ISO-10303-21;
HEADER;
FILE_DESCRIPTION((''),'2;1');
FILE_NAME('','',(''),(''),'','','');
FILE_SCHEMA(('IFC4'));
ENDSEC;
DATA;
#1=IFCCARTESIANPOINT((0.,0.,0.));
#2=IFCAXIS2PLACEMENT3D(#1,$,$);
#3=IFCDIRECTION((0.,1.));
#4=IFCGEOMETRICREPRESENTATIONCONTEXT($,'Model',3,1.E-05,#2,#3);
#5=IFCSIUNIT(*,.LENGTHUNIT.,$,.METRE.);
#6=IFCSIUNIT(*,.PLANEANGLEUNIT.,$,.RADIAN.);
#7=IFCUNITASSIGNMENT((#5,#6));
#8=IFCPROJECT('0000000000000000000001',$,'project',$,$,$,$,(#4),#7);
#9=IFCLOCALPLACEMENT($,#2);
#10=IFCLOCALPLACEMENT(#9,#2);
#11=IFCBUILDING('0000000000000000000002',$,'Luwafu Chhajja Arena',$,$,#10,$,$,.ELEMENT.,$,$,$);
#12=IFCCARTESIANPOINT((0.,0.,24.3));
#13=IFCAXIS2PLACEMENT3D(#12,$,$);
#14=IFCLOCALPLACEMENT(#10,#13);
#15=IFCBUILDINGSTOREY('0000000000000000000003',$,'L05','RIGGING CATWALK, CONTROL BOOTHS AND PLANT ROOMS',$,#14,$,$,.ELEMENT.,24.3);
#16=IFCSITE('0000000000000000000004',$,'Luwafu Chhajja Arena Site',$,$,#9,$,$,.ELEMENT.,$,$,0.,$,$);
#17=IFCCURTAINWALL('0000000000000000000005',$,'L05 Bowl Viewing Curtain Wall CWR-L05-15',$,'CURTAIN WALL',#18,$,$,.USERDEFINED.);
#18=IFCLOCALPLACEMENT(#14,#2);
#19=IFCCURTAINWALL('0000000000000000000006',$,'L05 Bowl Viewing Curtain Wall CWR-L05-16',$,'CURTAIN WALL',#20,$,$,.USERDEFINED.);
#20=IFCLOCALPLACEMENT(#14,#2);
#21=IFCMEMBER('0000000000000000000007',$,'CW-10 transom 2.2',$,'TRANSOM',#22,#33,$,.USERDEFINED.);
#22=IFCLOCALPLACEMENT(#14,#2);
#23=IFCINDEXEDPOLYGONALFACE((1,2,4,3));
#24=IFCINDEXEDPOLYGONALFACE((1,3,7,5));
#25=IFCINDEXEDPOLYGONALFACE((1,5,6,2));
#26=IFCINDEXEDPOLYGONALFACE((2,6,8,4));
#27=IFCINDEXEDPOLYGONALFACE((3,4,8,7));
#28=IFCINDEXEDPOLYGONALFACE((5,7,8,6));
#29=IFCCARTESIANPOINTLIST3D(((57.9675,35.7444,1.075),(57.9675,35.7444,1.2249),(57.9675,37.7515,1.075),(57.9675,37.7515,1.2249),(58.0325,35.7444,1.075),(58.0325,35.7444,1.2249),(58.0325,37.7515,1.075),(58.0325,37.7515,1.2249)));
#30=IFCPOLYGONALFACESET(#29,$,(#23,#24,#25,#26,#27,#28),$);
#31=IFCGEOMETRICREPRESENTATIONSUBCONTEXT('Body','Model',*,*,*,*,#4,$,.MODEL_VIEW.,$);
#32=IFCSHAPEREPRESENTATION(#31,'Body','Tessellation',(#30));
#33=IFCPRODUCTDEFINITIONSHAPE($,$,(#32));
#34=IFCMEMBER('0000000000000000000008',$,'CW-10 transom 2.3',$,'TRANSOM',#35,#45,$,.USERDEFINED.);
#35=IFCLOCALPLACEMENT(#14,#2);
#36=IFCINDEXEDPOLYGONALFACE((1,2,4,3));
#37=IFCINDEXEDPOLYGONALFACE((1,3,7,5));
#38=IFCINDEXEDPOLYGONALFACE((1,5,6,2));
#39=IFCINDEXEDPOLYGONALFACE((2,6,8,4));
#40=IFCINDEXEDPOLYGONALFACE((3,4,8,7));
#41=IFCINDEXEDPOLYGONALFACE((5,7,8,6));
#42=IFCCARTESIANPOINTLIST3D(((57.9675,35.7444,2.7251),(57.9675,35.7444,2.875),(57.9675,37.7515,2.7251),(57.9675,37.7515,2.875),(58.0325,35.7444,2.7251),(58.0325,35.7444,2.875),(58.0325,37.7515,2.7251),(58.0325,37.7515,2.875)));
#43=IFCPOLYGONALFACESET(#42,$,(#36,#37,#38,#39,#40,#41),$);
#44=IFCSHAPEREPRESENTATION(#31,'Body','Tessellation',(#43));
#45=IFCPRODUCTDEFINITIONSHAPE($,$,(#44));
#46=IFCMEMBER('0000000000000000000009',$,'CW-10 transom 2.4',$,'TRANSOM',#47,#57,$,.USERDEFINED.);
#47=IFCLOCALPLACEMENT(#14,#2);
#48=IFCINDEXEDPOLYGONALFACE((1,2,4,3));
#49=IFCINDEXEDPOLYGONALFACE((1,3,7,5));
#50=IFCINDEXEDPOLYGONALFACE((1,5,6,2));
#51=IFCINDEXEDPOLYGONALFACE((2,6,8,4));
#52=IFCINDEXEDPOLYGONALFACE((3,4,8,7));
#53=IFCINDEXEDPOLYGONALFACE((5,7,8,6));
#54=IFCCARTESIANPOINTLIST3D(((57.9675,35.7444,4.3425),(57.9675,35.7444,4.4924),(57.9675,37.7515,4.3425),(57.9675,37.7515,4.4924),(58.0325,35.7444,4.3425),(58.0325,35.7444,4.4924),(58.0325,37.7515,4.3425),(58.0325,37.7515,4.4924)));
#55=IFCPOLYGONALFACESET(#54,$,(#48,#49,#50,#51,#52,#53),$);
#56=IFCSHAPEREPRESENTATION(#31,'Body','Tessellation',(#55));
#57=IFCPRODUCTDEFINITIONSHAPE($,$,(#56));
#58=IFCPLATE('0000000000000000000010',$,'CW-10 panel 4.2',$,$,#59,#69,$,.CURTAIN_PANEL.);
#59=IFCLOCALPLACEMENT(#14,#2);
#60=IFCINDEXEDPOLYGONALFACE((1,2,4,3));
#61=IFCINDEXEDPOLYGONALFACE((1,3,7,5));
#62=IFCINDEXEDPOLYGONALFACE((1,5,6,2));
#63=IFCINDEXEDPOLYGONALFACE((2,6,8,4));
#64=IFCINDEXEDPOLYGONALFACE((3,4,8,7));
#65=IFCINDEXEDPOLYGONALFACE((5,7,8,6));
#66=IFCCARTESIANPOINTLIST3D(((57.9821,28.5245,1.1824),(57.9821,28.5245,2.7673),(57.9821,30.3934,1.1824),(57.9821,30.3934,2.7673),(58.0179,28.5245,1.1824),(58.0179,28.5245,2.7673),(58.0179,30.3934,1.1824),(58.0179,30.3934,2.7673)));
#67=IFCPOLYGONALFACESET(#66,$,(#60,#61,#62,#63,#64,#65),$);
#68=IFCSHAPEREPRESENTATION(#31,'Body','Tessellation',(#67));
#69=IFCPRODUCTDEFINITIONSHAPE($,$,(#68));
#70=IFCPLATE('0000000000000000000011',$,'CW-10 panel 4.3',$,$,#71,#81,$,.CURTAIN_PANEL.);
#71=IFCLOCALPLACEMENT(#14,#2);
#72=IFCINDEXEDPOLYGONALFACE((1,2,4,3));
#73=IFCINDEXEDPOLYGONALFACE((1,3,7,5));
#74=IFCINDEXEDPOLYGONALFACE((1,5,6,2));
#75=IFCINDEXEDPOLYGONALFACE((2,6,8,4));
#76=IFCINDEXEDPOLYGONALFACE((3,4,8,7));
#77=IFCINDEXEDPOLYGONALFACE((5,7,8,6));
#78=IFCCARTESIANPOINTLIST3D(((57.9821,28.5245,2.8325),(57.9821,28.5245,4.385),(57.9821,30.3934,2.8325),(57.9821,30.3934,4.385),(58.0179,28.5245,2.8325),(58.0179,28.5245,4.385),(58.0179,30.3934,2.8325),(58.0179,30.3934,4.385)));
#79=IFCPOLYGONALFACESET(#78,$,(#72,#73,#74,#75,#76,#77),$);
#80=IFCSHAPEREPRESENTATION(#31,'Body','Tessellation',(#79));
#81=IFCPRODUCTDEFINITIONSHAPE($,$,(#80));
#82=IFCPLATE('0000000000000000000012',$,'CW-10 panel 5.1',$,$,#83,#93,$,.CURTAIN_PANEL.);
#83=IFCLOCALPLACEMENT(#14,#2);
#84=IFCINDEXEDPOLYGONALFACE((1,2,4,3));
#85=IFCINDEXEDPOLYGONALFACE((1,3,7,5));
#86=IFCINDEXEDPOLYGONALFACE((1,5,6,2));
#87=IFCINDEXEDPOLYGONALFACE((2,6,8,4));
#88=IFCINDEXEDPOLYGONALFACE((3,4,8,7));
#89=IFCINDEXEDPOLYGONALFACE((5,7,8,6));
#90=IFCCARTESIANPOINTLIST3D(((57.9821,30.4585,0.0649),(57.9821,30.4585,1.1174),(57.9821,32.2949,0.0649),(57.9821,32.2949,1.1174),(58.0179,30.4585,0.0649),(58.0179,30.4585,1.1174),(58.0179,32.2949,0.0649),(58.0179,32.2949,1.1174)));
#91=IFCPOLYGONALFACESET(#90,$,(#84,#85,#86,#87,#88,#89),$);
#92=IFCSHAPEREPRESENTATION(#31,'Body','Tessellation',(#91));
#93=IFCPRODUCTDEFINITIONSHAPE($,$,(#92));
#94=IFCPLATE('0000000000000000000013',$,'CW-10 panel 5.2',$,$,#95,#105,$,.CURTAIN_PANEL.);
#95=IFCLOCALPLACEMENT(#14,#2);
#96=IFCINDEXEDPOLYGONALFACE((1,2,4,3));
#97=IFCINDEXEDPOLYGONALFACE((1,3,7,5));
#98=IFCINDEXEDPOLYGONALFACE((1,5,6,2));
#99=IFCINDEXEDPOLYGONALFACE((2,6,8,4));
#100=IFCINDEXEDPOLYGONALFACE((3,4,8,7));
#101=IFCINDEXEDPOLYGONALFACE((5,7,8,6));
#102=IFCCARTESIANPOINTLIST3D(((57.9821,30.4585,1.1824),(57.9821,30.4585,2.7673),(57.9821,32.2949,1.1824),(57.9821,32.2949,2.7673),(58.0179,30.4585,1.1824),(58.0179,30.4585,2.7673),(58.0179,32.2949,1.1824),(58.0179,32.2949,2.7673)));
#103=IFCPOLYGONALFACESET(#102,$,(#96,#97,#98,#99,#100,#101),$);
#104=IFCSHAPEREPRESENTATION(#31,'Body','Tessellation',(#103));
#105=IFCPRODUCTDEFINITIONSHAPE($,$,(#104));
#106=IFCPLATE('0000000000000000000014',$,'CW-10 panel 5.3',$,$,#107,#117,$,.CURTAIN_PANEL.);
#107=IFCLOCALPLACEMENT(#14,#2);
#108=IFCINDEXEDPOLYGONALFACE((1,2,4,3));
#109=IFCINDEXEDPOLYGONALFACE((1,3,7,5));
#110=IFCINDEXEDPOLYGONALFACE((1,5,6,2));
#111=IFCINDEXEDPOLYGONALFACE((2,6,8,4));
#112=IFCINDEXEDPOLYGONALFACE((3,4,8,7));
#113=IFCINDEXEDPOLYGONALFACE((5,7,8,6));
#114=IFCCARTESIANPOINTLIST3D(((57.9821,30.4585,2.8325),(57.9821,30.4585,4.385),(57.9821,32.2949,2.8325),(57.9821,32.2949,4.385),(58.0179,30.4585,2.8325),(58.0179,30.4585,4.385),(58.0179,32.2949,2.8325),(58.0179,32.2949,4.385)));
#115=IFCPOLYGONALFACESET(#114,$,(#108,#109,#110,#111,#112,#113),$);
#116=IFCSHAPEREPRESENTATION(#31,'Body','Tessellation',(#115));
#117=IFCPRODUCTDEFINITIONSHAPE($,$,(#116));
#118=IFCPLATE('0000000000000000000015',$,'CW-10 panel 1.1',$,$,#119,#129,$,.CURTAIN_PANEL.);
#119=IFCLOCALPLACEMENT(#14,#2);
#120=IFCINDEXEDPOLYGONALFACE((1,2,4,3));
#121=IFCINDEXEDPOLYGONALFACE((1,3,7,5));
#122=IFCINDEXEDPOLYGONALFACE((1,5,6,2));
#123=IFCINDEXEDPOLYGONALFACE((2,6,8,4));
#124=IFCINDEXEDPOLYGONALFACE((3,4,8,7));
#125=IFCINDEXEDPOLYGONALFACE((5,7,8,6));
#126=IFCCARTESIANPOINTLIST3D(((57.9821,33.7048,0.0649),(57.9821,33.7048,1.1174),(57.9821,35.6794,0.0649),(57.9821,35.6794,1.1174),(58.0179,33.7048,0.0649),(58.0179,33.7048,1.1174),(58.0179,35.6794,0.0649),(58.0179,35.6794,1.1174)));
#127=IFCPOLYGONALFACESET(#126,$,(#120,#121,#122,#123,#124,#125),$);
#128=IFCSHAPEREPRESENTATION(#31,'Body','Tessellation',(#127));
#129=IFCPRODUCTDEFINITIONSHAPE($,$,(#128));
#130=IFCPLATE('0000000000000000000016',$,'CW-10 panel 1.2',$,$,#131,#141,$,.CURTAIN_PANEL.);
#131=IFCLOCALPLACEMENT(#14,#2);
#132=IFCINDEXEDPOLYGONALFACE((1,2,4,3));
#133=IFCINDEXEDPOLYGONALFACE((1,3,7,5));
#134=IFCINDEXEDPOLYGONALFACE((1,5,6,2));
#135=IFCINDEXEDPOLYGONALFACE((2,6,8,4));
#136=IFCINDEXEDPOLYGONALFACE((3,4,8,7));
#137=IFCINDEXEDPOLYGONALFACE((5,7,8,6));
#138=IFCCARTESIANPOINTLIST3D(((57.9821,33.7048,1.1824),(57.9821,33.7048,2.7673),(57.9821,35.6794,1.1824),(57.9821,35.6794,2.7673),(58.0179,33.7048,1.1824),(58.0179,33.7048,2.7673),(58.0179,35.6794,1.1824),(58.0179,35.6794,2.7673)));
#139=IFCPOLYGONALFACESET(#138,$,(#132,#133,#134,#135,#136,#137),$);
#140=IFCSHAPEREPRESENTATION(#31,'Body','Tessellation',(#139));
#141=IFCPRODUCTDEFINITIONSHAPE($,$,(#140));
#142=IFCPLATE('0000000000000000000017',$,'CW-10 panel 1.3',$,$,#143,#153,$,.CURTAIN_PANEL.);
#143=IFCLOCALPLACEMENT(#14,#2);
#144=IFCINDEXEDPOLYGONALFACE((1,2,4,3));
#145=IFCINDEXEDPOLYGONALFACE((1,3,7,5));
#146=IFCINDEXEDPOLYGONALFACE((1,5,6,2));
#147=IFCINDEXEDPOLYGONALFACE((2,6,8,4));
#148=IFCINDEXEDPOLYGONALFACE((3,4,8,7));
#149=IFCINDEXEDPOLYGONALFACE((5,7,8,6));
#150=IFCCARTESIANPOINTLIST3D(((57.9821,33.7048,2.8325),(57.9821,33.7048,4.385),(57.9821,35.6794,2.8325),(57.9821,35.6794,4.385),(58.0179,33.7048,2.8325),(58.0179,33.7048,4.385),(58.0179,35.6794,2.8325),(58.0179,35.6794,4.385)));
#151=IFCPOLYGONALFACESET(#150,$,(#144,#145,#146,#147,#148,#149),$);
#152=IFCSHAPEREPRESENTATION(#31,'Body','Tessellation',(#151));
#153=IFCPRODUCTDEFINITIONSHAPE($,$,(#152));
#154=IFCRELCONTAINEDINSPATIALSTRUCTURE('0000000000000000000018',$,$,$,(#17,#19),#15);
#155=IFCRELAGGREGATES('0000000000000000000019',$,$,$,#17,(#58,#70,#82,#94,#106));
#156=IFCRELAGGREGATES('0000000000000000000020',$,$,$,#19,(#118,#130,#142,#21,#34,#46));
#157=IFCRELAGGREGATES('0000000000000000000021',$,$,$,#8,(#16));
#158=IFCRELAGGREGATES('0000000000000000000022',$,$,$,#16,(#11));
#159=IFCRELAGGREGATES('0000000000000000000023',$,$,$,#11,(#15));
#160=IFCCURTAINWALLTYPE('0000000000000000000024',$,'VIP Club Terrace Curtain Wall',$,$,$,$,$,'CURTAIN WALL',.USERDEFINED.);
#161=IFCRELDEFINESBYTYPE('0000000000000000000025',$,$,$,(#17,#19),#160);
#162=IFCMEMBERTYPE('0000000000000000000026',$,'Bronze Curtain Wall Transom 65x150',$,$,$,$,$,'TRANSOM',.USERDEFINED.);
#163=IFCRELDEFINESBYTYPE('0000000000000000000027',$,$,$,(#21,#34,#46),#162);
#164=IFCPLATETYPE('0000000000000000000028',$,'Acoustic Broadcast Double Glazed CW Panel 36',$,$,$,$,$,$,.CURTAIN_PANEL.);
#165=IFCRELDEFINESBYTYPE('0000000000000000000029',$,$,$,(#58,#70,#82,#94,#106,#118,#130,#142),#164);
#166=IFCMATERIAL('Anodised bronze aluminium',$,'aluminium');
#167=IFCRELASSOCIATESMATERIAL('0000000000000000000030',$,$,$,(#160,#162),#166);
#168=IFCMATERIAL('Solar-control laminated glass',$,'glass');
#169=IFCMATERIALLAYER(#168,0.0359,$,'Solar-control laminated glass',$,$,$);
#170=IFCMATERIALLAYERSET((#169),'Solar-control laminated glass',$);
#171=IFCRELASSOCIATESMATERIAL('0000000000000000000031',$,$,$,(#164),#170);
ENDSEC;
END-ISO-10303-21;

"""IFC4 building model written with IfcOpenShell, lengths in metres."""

from ifc_helpers import new_model, si_unit, direction, frame, origin, origin_2d, place, context, subcontext, project, spatial, rectangle, extrude, material, layer, layer_set, material_profile, profile_set, type_object, element, aggregate, save


model = new_model("IFC4")

# Units and contexts
model_context = context("Model", 3, precision=1e-05, world=origin(), true_north=direction((0.0, 1.0)))
body_context = subcontext(model_context, "Body", "Model", "MODEL_VIEW")
ifc_project = project(units=[si_unit("LENGTHUNIT", "METRE"), si_unit("PLANEANGLEUNIT", "RADIAN")], contexts=[model_context])

# Site, building, storey
site_placement = place(None, origin())
site = spatial("IfcSite", under=ifc_project, at=site_placement, Name="Luwafu Chhajja Arena Site", CompositionType="ELEMENT", RefElevation=0.0)
building_placement = place(site_placement, origin())
building = spatial("IfcBuilding", under=site, at=building_placement, Name="Luwafu Chhajja Arena", CompositionType="ELEMENT")
storey_placement = place(building_placement, frame((0.0, 0.0, 24.3)))
storey = spatial("IfcBuildingStorey", under=building, at=storey_placement, Name="L05", Description="RIGGING CATWALK, CONTROL BOOTHS AND PLANT ROOMS", CompositionType="ELEMENT", Elevation=24.3)

# Curtain walls
ifc_material_1 = material(Name="Anodised bronze aluminium", Category="aluminium")
curtain_wall_type = type_object("IfcCurtainWallType", Name="VIP Club Terrace Curtain Wall", ElementType="CURTAIN WALL", PredefinedType="USERDEFINED", material=ifc_material_1)
curtain_wall_1_placement = place(storey_placement, origin())
curtain_wall_1 = element("IfcCurtainWall", 1, at=curtain_wall_1_placement, inside=storey, type_object=curtain_wall_type, Name="L05 Bowl Viewing Curtain Wall CWR-L05-15", ObjectType="CURTAIN WALL", PredefinedType="USERDEFINED")
curtain_wall_2_placement = place(storey_placement, origin())
curtain_wall_2 = element("IfcCurtainWall", 2, at=curtain_wall_2_placement, inside=storey, type_object=curtain_wall_type, Name="L05 Bowl Viewing Curtain Wall CWR-L05-16", ObjectType="CURTAIN WALL", PredefinedType="USERDEFINED")

# Members
ifc_material_profile_1 = material_profile(ifc_material_1, rectangle(XDim=0.0649, YDim=0.1499, at=origin_2d()), Name="CWT 65x150")
ifc_profile_set_1 = profile_set([ifc_material_profile_1], Name="Anodised bronze aluminium")
member_type_1 = type_object("IfcMemberType", Name="Bronze Curtain Wall Transom 65x150", ElementType="TRANSOM", PredefinedType="USERDEFINED", material=ifc_profile_set_1)
member_1_placement = place(storey_placement, frame((58.0, 35.7444, 1.1499), z_axis=(0.0, 1.0, 0.0), x_axis=(-1.0, 0.0, 0.0)))
member_1 = element("IfcMember", 3, at=member_1_placement, type_object=member_type_1, Name="CW-10 transom 2.2", ObjectType="TRANSOM", PredefinedType="USERDEFINED", context=body_context, shape_type="SweptSolid", body=[
    extrude(rectangle(XDim=0.0649, YDim=0.1499, at=origin_2d()), origin(), (0.0, 0.0, 1.0), 2.0071),
])
member_2_placement = place(storey_placement, frame((58.0, 35.7444, 2.8), z_axis=(0.0, 1.0, 0.0), x_axis=(-1.0, 0.0, 0.0)))
member_2 = element("IfcMember", 4, at=member_2_placement, type_object=member_type_1, Name="CW-10 transom 2.3", ObjectType="TRANSOM", PredefinedType="USERDEFINED", context=body_context, shape_type="SweptSolid", body=[
    extrude(rectangle(XDim=0.0649, YDim=0.1499, at=origin_2d()), origin(), (0.0, 0.0, 1.0), 2.0071),
])
member_3_placement = place(storey_placement, frame((58.0, 35.7444, 4.4175), z_axis=(0.0, 1.0, 0.0), x_axis=(-1.0, 0.0, 0.0)))
member_3 = element("IfcMember", 5, at=member_3_placement, type_object=member_type_1, Name="CW-10 transom 2.4", ObjectType="TRANSOM", PredefinedType="USERDEFINED", context=body_context, shape_type="SweptSolid", body=[
    extrude(rectangle(XDim=0.0649, YDim=0.1499, at=origin_2d()), origin(), (0.0, 0.0, 1.0), 2.0071),
])

# Plates
ifc_material_2 = material(Name="Solar-control laminated glass", Category="glass")
ifc_layer = layer(ifc_material_2, 0.0359, Name="Solar-control laminated glass")
ifc_layer_set = layer_set([ifc_layer], Name="Solar-control laminated glass")
plate_type = type_object("IfcPlateType", Name="Acoustic Broadcast Double Glazed CW Panel 36", PredefinedType="CURTAIN_PANEL", material=ifc_layer_set)
plate_1_placement = place(storey_placement, frame((58.0, 29.459, 1.1824), z_axis=(0.0, 0.0, 1.0), x_axis=(0.0, 1.0, 0.0)))
plate_1 = element("IfcPlate", 6, at=plate_1_placement, type_object=plate_type, Name="CW-10 panel 4.2", PredefinedType="CURTAIN_PANEL", context=body_context, shape_type="SweptSolid", body=[
    extrude(rectangle(XDim=1.8689, YDim=0.0359, at=origin_2d()), origin(), (0.0, 0.0, 1.0), 1.585),
])
plate_2_placement = place(storey_placement, frame((58.0, 29.459, 2.8325), z_axis=(0.0, 0.0, 1.0), x_axis=(0.0, 1.0, 0.0)))
plate_2 = element("IfcPlate", 7, at=plate_2_placement, type_object=plate_type, Name="CW-10 panel 4.3", PredefinedType="CURTAIN_PANEL", context=body_context, shape_type="SweptSolid", body=[
    extrude(rectangle(XDim=1.8689, YDim=0.0359, at=origin_2d()), origin(), (0.0, 0.0, 1.0), 1.5525),
])
plate_3_placement = place(storey_placement, frame((58.0, 31.3767, 0.0649), z_axis=(0.0, 0.0, 1.0), x_axis=(0.0, 1.0, 0.0)))
plate_3 = element("IfcPlate", 8, at=plate_3_placement, type_object=plate_type, Name="CW-10 panel 5.1", PredefinedType="CURTAIN_PANEL", context=body_context, shape_type="SweptSolid", body=[
    extrude(rectangle(XDim=1.8364, YDim=0.0359, at=origin_2d()), origin(), (0.0, 0.0, 1.0), 1.0525),
])
plate_4_placement = place(storey_placement, frame((58.0, 31.3767, 1.1824), z_axis=(0.0, 0.0, 1.0), x_axis=(0.0, 1.0, 0.0)))
plate_4 = element("IfcPlate", 9, at=plate_4_placement, type_object=plate_type, Name="CW-10 panel 5.2", PredefinedType="CURTAIN_PANEL", context=body_context, shape_type="SweptSolid", body=[
    extrude(rectangle(XDim=1.8364, YDim=0.0359, at=origin_2d()), origin(), (0.0, 0.0, 1.0), 1.585),
])
plate_5_placement = place(storey_placement, frame((58.0, 31.3767, 2.8325), z_axis=(0.0, 0.0, 1.0), x_axis=(0.0, 1.0, 0.0)))
plate_5 = element("IfcPlate", 10, at=plate_5_placement, type_object=plate_type, Name="CW-10 panel 5.3", PredefinedType="CURTAIN_PANEL", context=body_context, shape_type="SweptSolid", body=[
    extrude(rectangle(XDim=1.8364, YDim=0.0359, at=origin_2d()), origin(), (0.0, 0.0, 1.0), 1.5525),
])
aggregate(curtain_wall_1, [plate_1, plate_2, plate_3, plate_4, plate_5])
plate_6_placement = place(storey_placement, frame((58.0, 34.6921, 0.0649), z_axis=(0.0, 0.0, 1.0), x_axis=(0.0, 1.0, 0.0)))
plate_6 = element("IfcPlate", 11, at=plate_6_placement, type_object=plate_type, Name="CW-10 panel 1.1", PredefinedType="CURTAIN_PANEL", context=body_context, shape_type="SweptSolid", body=[
    extrude(rectangle(XDim=1.9746, YDim=0.0359, at=origin_2d()), origin(), (0.0, 0.0, 1.0), 1.0525),
])
plate_7_placement = place(storey_placement, frame((58.0, 34.6921, 1.1824), z_axis=(0.0, 0.0, 1.0), x_axis=(0.0, 1.0, 0.0)))
plate_7 = element("IfcPlate", 12, at=plate_7_placement, type_object=plate_type, Name="CW-10 panel 1.2", PredefinedType="CURTAIN_PANEL", context=body_context, shape_type="SweptSolid", body=[
    extrude(rectangle(XDim=1.9746, YDim=0.0359, at=origin_2d()), origin(), (0.0, 0.0, 1.0), 1.585),
])
plate_8_placement = place(storey_placement, frame((58.0, 34.6921, 2.8325), z_axis=(0.0, 0.0, 1.0), x_axis=(0.0, 1.0, 0.0)))
plate_8 = element("IfcPlate", 13, at=plate_8_placement, type_object=plate_type, Name="CW-10 panel 1.3", PredefinedType="CURTAIN_PANEL", context=body_context, shape_type="SweptSolid", body=[
    extrude(rectangle(XDim=1.9746, YDim=0.0359, at=origin_2d()), origin(), (0.0, 0.0, 1.0), 1.5525),
])
aggregate(curtain_wall_2, [plate_6, plate_7, plate_8, member_1, member_2, member_3])

save(model, "model.ifc")
